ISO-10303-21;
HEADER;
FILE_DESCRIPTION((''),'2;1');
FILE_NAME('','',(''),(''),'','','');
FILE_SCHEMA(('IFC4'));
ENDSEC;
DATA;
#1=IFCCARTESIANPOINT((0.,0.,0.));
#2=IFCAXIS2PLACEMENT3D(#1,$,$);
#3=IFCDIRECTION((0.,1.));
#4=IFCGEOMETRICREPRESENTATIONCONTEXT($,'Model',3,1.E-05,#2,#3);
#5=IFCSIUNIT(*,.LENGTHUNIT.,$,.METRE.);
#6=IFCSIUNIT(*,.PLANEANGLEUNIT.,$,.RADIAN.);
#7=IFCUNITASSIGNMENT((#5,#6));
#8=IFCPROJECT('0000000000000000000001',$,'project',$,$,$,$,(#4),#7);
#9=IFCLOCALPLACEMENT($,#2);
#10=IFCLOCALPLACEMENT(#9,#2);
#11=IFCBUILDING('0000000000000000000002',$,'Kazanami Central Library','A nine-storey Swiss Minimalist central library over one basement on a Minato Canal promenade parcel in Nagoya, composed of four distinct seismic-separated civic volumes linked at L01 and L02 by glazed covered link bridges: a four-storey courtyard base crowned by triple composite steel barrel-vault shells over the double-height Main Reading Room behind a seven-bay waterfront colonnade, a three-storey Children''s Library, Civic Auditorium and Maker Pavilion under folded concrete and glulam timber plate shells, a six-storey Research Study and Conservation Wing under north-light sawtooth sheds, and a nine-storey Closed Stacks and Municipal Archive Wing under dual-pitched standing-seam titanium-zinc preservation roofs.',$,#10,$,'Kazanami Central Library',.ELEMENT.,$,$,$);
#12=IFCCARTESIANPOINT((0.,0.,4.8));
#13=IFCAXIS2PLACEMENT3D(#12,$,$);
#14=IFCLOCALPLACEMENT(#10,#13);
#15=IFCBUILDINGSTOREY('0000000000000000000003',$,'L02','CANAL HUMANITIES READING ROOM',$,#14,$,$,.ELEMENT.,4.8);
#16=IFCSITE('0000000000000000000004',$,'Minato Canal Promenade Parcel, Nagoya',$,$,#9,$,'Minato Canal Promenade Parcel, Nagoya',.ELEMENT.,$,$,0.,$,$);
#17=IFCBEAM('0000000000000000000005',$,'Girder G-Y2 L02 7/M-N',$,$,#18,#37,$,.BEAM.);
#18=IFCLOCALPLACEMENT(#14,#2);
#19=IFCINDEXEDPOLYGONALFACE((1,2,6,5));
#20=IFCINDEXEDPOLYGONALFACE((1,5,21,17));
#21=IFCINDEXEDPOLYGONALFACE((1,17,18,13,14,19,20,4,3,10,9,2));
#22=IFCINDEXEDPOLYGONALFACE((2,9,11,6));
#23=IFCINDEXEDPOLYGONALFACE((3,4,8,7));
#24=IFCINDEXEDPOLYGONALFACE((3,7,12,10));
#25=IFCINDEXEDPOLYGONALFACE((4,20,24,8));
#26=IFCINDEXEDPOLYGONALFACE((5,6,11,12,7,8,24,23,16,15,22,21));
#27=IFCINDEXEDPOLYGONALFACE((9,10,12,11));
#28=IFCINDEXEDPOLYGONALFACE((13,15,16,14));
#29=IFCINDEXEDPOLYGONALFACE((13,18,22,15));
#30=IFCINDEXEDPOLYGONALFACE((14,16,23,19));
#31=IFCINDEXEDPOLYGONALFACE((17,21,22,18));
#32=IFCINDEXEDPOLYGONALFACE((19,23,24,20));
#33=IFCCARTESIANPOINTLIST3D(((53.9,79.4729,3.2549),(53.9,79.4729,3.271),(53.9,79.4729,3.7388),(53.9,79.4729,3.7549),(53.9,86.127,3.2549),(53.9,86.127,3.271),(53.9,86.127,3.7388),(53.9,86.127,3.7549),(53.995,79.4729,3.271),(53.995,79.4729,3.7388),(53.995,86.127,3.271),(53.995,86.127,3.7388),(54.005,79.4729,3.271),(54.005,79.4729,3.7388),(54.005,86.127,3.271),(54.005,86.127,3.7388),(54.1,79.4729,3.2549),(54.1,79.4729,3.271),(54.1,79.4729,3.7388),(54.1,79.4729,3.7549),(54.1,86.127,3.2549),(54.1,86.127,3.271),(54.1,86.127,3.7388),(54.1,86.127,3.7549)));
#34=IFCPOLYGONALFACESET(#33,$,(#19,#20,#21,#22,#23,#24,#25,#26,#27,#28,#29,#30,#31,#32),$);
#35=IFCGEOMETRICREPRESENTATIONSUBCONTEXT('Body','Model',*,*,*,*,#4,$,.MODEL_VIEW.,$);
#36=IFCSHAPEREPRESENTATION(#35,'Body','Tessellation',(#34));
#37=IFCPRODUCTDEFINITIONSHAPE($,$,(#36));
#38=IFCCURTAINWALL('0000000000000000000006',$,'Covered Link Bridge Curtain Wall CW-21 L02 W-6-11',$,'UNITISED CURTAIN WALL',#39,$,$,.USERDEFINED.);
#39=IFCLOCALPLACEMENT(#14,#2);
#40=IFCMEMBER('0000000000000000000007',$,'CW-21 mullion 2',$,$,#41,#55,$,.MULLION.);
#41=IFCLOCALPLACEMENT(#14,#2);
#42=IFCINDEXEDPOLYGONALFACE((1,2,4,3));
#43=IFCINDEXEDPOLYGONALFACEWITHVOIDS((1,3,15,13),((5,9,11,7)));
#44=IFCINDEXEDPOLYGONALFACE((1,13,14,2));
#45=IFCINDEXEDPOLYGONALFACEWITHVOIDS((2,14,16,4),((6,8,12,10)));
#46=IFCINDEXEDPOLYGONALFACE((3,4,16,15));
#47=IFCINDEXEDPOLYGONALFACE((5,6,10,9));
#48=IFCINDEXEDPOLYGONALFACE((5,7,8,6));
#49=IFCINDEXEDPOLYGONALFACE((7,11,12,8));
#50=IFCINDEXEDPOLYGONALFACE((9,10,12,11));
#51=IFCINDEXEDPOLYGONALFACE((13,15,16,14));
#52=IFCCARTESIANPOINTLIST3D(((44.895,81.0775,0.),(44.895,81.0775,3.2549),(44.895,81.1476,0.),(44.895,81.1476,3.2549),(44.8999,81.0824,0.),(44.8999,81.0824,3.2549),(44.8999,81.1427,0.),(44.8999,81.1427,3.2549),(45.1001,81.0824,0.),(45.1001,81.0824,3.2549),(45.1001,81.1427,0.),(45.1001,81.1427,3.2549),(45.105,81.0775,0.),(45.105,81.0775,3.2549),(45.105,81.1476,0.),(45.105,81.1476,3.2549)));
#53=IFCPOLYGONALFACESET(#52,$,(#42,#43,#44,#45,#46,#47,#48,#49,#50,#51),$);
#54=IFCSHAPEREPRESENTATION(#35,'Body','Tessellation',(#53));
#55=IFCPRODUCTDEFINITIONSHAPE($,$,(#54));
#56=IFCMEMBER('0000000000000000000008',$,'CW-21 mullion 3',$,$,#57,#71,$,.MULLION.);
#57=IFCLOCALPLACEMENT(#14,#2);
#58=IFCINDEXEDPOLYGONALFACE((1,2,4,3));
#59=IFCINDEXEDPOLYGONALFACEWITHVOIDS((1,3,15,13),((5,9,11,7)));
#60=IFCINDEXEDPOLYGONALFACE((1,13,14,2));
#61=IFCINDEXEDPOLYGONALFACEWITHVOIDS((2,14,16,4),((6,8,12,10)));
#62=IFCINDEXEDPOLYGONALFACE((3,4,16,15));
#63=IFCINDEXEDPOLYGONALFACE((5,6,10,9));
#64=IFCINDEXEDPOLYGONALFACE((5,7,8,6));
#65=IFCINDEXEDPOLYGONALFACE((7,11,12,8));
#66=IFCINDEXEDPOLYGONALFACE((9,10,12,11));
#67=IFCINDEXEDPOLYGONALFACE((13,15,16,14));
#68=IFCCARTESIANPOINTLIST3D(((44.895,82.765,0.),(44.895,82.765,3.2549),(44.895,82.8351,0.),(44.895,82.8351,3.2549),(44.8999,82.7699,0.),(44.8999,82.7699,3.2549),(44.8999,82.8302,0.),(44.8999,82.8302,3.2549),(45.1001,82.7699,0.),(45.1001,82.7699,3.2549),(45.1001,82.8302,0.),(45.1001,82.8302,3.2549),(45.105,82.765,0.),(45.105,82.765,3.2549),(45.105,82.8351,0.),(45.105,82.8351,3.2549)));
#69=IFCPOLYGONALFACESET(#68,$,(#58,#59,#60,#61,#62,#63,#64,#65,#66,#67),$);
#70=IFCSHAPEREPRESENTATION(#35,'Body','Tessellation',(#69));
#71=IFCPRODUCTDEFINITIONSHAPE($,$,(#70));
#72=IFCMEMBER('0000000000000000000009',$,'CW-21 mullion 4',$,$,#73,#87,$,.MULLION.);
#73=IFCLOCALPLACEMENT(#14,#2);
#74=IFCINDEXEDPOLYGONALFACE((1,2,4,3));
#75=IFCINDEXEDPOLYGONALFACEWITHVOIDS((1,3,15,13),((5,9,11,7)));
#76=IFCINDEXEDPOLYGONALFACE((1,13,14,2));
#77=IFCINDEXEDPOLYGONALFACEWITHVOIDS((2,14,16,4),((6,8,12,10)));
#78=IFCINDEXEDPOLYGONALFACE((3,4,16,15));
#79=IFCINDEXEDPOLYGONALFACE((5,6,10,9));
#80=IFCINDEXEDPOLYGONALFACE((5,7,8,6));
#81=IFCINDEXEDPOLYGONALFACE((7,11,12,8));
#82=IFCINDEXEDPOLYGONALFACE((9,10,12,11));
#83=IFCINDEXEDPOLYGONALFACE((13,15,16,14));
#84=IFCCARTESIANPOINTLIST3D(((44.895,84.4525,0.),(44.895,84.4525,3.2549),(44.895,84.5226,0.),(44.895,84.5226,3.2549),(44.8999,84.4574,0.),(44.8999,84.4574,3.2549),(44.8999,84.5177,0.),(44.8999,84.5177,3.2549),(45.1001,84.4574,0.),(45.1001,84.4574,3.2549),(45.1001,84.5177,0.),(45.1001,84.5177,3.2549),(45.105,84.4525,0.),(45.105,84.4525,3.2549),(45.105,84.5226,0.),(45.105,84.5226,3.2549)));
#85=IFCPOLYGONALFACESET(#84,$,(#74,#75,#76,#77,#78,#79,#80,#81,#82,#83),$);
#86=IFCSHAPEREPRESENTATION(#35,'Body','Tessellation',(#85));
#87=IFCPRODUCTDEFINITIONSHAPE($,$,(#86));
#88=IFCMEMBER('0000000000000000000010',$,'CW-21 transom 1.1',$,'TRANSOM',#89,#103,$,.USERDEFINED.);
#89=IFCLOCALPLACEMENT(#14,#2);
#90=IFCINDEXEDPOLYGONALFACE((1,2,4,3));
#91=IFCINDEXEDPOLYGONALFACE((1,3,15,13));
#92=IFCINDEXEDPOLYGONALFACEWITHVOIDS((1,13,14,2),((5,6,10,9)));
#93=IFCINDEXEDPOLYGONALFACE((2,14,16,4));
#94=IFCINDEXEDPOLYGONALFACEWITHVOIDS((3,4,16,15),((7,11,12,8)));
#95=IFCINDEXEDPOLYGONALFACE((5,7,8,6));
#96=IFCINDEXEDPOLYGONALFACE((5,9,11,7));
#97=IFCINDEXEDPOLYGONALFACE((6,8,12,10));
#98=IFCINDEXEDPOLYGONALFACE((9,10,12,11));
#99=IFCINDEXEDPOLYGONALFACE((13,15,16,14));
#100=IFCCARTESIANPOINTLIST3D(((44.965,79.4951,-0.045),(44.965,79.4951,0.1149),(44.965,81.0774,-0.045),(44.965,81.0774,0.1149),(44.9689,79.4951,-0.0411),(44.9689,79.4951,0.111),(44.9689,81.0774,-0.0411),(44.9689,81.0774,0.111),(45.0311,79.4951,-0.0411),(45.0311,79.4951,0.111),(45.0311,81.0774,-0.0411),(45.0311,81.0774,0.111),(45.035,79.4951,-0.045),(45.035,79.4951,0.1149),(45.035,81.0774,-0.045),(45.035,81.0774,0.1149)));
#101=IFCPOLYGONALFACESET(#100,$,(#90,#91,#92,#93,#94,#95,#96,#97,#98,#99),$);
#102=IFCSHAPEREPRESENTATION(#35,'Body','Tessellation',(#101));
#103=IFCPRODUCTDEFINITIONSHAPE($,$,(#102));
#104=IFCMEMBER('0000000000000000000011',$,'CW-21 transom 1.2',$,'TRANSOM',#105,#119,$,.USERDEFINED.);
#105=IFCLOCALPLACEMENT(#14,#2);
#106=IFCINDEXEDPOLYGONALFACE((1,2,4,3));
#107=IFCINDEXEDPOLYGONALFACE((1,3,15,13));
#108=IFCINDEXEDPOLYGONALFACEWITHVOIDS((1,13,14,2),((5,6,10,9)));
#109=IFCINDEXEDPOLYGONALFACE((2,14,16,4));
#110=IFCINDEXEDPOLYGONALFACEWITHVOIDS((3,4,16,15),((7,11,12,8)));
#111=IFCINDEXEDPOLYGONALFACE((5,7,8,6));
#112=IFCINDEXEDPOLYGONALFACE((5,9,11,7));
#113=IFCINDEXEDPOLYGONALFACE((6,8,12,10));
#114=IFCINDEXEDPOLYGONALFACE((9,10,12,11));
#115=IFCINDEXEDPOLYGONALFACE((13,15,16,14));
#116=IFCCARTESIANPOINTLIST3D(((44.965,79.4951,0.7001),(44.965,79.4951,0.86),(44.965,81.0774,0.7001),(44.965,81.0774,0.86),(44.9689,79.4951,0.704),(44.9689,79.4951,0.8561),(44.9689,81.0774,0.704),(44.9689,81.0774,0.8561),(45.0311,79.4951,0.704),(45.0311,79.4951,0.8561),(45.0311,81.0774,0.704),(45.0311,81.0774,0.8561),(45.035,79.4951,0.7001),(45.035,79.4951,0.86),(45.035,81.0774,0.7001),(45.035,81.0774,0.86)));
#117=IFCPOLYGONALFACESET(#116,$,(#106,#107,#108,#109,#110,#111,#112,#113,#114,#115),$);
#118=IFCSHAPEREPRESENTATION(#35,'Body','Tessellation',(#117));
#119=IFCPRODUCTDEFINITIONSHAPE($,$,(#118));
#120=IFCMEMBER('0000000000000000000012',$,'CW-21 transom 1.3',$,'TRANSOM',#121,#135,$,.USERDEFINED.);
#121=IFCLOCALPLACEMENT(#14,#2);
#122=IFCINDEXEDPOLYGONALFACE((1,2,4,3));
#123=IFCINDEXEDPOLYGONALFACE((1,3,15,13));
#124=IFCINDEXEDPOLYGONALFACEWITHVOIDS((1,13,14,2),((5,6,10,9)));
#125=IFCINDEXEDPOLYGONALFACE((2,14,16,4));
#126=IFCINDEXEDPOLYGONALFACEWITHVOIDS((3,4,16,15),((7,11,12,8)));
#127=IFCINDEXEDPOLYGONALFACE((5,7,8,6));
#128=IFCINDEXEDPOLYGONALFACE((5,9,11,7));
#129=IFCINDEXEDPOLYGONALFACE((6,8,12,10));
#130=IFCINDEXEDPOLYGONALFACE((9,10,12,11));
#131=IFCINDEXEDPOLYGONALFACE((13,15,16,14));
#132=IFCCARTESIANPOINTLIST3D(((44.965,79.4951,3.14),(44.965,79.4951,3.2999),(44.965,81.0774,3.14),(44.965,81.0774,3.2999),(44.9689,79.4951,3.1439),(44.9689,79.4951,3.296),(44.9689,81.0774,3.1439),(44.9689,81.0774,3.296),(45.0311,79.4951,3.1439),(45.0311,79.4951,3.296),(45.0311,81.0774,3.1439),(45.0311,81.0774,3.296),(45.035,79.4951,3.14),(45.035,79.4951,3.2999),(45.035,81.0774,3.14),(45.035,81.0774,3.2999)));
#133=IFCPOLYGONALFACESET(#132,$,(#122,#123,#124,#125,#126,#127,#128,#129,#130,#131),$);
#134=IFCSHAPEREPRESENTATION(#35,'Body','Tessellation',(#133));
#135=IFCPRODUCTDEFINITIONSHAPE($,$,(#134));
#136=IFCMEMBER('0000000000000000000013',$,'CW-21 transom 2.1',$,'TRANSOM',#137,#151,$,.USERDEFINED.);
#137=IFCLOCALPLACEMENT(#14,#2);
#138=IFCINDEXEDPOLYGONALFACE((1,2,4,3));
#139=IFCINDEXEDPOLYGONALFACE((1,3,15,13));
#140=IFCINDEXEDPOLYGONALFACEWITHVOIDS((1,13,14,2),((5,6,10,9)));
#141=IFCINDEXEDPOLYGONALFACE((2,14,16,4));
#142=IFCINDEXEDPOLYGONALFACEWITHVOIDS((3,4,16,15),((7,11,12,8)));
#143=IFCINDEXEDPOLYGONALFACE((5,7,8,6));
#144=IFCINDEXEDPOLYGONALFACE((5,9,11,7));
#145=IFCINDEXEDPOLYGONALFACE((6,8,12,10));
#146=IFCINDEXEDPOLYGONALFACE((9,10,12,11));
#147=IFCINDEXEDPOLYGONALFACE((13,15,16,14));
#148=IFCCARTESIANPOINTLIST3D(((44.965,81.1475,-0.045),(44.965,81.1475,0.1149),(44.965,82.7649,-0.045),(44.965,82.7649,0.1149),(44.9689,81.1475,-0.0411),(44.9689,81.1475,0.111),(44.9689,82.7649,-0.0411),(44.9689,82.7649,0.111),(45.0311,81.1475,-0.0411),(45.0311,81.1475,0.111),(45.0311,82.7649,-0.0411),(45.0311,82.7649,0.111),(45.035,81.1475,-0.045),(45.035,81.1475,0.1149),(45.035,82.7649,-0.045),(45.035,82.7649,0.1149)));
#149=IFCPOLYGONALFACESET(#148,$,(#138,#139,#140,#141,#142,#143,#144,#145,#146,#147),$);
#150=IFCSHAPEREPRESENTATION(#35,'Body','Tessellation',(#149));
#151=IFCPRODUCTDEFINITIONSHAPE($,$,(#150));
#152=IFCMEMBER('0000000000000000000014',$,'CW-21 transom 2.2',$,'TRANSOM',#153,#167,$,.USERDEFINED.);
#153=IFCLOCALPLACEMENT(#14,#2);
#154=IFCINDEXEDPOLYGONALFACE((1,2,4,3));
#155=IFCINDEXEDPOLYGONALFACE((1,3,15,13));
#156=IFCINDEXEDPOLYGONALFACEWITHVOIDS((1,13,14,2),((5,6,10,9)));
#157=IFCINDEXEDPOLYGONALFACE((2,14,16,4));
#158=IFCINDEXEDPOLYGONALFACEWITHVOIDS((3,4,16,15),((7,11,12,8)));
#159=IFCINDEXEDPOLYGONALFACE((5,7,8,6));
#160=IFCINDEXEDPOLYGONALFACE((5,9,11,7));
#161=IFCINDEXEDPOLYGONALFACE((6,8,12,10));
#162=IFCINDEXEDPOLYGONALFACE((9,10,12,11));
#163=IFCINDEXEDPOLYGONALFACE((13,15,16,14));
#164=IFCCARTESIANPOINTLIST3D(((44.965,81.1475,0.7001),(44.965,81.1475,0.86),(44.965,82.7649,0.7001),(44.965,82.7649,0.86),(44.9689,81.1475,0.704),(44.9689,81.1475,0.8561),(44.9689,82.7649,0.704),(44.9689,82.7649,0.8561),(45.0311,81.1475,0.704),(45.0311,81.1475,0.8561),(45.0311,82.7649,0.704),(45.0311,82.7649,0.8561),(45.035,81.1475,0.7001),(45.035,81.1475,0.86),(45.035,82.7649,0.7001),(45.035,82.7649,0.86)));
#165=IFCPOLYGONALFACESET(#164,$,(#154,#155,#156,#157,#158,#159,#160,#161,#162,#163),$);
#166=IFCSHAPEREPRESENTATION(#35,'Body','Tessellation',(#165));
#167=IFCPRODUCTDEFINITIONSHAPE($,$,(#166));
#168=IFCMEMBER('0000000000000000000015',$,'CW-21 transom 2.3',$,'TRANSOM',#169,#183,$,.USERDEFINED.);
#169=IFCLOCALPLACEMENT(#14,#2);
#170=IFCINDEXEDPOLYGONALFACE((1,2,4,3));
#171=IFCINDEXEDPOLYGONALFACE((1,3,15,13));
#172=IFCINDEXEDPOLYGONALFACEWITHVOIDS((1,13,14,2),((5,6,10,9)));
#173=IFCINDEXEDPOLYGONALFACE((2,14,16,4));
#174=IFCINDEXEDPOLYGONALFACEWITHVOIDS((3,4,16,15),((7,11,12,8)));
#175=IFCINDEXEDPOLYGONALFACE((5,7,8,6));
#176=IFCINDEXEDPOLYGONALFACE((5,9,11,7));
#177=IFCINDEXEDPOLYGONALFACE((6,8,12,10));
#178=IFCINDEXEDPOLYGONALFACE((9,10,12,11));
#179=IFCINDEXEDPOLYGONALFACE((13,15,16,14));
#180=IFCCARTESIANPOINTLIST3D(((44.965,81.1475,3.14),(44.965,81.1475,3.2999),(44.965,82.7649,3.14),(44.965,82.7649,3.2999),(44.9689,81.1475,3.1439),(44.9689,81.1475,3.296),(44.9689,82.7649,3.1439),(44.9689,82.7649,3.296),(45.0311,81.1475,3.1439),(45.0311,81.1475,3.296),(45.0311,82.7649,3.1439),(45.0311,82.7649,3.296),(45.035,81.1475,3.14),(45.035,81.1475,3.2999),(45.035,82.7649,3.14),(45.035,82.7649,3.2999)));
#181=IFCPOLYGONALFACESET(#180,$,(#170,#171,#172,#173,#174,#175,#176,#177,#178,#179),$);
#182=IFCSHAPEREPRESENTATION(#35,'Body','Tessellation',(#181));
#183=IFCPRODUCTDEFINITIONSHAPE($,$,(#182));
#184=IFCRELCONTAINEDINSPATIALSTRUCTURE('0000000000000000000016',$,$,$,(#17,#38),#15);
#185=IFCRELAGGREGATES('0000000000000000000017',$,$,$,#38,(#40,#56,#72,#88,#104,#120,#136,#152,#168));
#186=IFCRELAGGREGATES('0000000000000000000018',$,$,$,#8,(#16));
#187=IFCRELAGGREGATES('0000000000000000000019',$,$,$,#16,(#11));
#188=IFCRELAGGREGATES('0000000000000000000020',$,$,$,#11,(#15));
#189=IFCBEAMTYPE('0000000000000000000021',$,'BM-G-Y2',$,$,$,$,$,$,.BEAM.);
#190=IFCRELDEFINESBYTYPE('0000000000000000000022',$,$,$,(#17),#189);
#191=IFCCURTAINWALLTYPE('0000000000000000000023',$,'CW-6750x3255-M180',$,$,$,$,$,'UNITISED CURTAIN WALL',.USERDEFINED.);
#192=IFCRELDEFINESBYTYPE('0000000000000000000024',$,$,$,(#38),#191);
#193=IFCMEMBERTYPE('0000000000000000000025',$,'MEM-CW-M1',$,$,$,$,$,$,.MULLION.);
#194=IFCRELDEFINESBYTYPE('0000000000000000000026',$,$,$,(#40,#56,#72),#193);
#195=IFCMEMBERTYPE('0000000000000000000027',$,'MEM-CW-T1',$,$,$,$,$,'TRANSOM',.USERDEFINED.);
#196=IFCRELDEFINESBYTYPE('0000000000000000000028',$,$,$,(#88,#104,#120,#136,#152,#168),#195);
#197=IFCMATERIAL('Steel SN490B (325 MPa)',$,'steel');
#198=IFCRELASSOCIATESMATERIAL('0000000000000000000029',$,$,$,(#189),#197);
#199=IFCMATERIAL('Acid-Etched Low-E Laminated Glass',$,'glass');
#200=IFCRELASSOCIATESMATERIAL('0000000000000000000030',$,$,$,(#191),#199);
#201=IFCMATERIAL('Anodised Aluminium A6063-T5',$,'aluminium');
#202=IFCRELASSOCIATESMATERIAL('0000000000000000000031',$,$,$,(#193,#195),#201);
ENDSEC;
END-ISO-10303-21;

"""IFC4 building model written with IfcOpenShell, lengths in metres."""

from ifc_helpers import new_model, si_unit, direction, frame, origin, origin_2d, place, context, subcontext, project, spatial, hollow_rectangle, i_section, extrude, material, material_profile, profile_set, type_object, element, aggregate, save


model = new_model("IFC4")

# Units and contexts
model_context = context("Model", 3, precision=1e-05, world=origin(), true_north=direction((0.0, 1.0)))
body_context = subcontext(model_context, "Body", "Model", "MODEL_VIEW")
ifc_project = project(units=[si_unit("LENGTHUNIT", "METRE"), si_unit("PLANEANGLEUNIT", "RADIAN")], contexts=[model_context])

# Site, building, storey
site_placement = place(None, origin())
site = spatial("IfcSite", under=ifc_project, at=site_placement, Name="Minato Canal Promenade Parcel, Nagoya", LongName="Minato Canal Promenade Parcel, Nagoya", CompositionType="ELEMENT", RefElevation=0.0)
building_placement = place(site_placement, origin())
building = spatial("IfcBuilding", under=site, at=building_placement, Name="Kazanami Central Library", Description="A nine-storey Swiss Minimalist central library over one basement on a Minato Canal promenade parcel in Nagoya, composed of four distinct seismic-separated civic volumes linked at L01 and L02 by glazed covered link bridges: a four-storey courtyard base crowned by triple composite steel barrel-vault shells over the double-height Main Reading Room behind a seven-bay waterfront colonnade, a three-storey Children's Library, Civic Auditorium and Maker Pavilion under folded concrete and glulam timber plate shells, a six-storey Research Study and Conservation Wing under north-light sawtooth sheds, and a nine-storey Closed Stacks and Municipal Archive Wing under dual-pitched standing-seam titanium-zinc preservation roofs.", LongName="Kazanami Central Library", CompositionType="ELEMENT")
storey_placement = place(building_placement, frame((0.0, 0.0, 4.8)))
storey = spatial("IfcBuildingStorey", under=building, at=storey_placement, Name="L02", Description="CANAL HUMANITIES READING ROOM", CompositionType="ELEMENT", Elevation=4.8)

# Beam
ifc_material_1 = material(Name="Steel SN490B (325 MPa)", Category="steel")
ifc_material_profile_1 = material_profile(ifc_material_1, i_section(OverallWidth=0.2, OverallDepth=0.5, WebThickness=0.01, FlangeThickness=0.0161, at=origin_2d()), Name="H-500x200x10x16")
ifc_profile_set_1 = profile_set([ifc_material_profile_1], Name="Steel SN490B (325 MPa)")
beam_type = type_object("IfcBeamType", Name="BM-G-Y2", PredefinedType="BEAM", material=ifc_profile_set_1)
beam_placement = place(storey_placement, frame((54.0, 79.4729, 3.5049), z_axis=(0.0, 1.0, 0.0), x_axis=(-1.0, 0.0, 0.0)))
element("IfcBeam", 1, at=beam_placement, inside=storey, type_object=beam_type, Name="Girder G-Y2 L02 7/M-N", PredefinedType="BEAM", context=body_context, shape_type="SweptSolid", body=[
    extrude(i_section(OverallWidth=0.2, OverallDepth=0.5, WebThickness=0.01, FlangeThickness=0.0161, at=origin_2d()), origin(), (0.0, 0.0, 1.0), 6.6541),
])

# Curtain wall, members
ifc_material_2 = material(Name="Acid-Etched Low-E Laminated Glass", Category="glass")
curtain_wall_type = type_object("IfcCurtainWallType", Name="CW-6750x3255-M180", ElementType="UNITISED CURTAIN WALL", PredefinedType="USERDEFINED", material=ifc_material_2)
curtain_wall_placement = place(storey_placement, origin())
curtain_wall = element("IfcCurtainWall", 2, at=curtain_wall_placement, inside=storey, type_object=curtain_wall_type, Name="Covered Link Bridge Curtain Wall CW-21 L02 W-6-11", ObjectType="UNITISED CURTAIN WALL", PredefinedType="USERDEFINED")
ifc_material_3 = material(Name="Anodised Aluminium A6063-T5", Category="aluminium")
ifc_material_profile_2 = material_profile(ifc_material_3, hollow_rectangle(XDim=0.0701, YDim=0.21, WallThickness=0.0049, at=origin_2d()), Name="ALU-MULL-70x210x5")
ifc_profile_set_2 = profile_set([ifc_material_profile_2], Name="Anodised Aluminium A6063-T5")
member_type_1 = type_object("IfcMemberType", Name="MEM-CW-M1", PredefinedType="MULLION", material=ifc_profile_set_2)
member_1_placement = place(storey_placement, frame((45.0, 81.1125, 0.0), z_axis=(0.0, 0.0, 1.0), x_axis=(0.0, 1.0, 0.0)))
member_1 = element("IfcMember", 3, at=member_1_placement, type_object=member_type_1, Name="CW-21 mullion 2", PredefinedType="MULLION", context=body_context, shape_type="SweptSolid", body=[
    extrude(hollow_rectangle(XDim=0.0701, YDim=0.21, WallThickness=0.0049, at=origin_2d()), origin(), (0.0, 0.0, 1.0), 3.2549),
])
member_2_placement = place(storey_placement, frame((45.0, 82.8, 0.0), z_axis=(0.0, 0.0, 1.0), x_axis=(0.0, 1.0, 0.0)))
member_2 = element("IfcMember", 4, at=member_2_placement, type_object=member_type_1, Name="CW-21 mullion 3", PredefinedType="MULLION", context=body_context, shape_type="SweptSolid", body=[
    extrude(hollow_rectangle(XDim=0.0701, YDim=0.21, WallThickness=0.0049, at=origin_2d()), origin(), (0.0, 0.0, 1.0), 3.2549),
])
member_3_placement = place(storey_placement, frame((45.0, 84.4875, 0.0), z_axis=(0.0, 0.0, 1.0), x_axis=(0.0, 1.0, 0.0)))
member_3 = element("IfcMember", 5, at=member_3_placement, type_object=member_type_1, Name="CW-21 mullion 4", PredefinedType="MULLION", context=body_context, shape_type="SweptSolid", body=[
    extrude(hollow_rectangle(XDim=0.0701, YDim=0.21, WallThickness=0.0049, at=origin_2d()), origin(), (0.0, 0.0, 1.0), 3.2549),
])
ifc_material_profile_3 = material_profile(ifc_material_3, hollow_rectangle(XDim=0.0701, YDim=0.1599, WallThickness=0.0039, at=origin_2d()), Name="ALU-TRAN-70x160x4")
ifc_profile_set_3 = profile_set([ifc_material_profile_3], Name="Anodised Aluminium A6063-T5")
member_type_2 = type_object("IfcMemberType", Name="MEM-CW-T1", ElementType="TRANSOM", PredefinedType="USERDEFINED", material=ifc_profile_set_3)
member_4_placement = place(storey_placement, frame((45.0, 79.4951, 0.0349), z_axis=(0.0, 1.0, 0.0), x_axis=(-1.0, 0.0, 0.0)))
member_4 = element("IfcMember", 6, at=member_4_placement, type_object=member_type_2, Name="CW-21 transom 1.1", ObjectType="TRANSOM", PredefinedType="USERDEFINED", context=body_context, shape_type="SweptSolid", body=[
    extrude(hollow_rectangle(XDim=0.0701, YDim=0.1599, WallThickness=0.0039, at=origin_2d()), origin(), (0.0, 0.0, 1.0), 1.5823),
])
member_5_placement = place(storey_placement, frame((45.0, 79.4951, 0.78), z_axis=(0.0, 1.0, 0.0), x_axis=(-1.0, 0.0, 0.0)))
member_5 = element("IfcMember", 7, at=member_5_placement, type_object=member_type_2, Name="CW-21 transom 1.2", ObjectType="TRANSOM", PredefinedType="USERDEFINED", context=body_context, shape_type="SweptSolid", body=[
    extrude(hollow_rectangle(XDim=0.0701, YDim=0.1599, WallThickness=0.0039, at=origin_2d()), origin(), (0.0, 0.0, 1.0), 1.5823),
])
member_6_placement = place(storey_placement, frame((45.0, 79.4951, 3.22), z_axis=(0.0, 1.0, 0.0), x_axis=(-1.0, 0.0, 0.0)))
member_6 = element("IfcMember", 8, at=member_6_placement, type_object=member_type_2, Name="CW-21 transom 1.3", ObjectType="TRANSOM", PredefinedType="USERDEFINED", context=body_context, shape_type="SweptSolid", body=[
    extrude(hollow_rectangle(XDim=0.0701, YDim=0.1599, WallThickness=0.0039, at=origin_2d()), origin(), (0.0, 0.0, 1.0), 1.5823),
])
member_7_placement = place(storey_placement, frame((45.0, 81.1475, 0.0349), z_axis=(0.0, 1.0, 0.0), x_axis=(-1.0, 0.0, 0.0)))
member_7 = element("IfcMember", 9, at=member_7_placement, type_object=member_type_2, Name="CW-21 transom 2.1", ObjectType="TRANSOM", PredefinedType="USERDEFINED", context=body_context, shape_type="SweptSolid", body=[
    extrude(hollow_rectangle(XDim=0.0701, YDim=0.1599, WallThickness=0.0039, at=origin_2d()), origin(), (0.0, 0.0, 1.0), 1.6174),
])
member_8_placement = place(storey_placement, frame((45.0, 81.1475, 0.78), z_axis=(0.0, 1.0, 0.0), x_axis=(-1.0, 0.0, 0.0)))
member_8 = element("IfcMember", 10, at=member_8_placement, type_object=member_type_2, Name="CW-21 transom 2.2", ObjectType="TRANSOM", PredefinedType="USERDEFINED", context=body_context, shape_type="SweptSolid", body=[
    extrude(hollow_rectangle(XDim=0.0701, YDim=0.1599, WallThickness=0.0039, at=origin_2d()), origin(), (0.0, 0.0, 1.0), 1.6174),
])
member_9_placement = place(storey_placement, frame((45.0, 81.1475, 3.22), z_axis=(0.0, 1.0, 0.0), x_axis=(-1.0, 0.0, 0.0)))
member_9 = element("IfcMember", 11, at=member_9_placement, type_object=member_type_2, Name="CW-21 transom 2.3", ObjectType="TRANSOM", PredefinedType="USERDEFINED", context=body_context, shape_type="SweptSolid", body=[
    extrude(hollow_rectangle(XDim=0.0701, YDim=0.1599, WallThickness=0.0039, at=origin_2d()), origin(), (0.0, 0.0, 1.0), 1.6174),
])
aggregate(curtain_wall, [member_1, member_2, member_3, member_4, member_5, member_6, member_7, member_8, member_9])

save(model, "model.ifc")
